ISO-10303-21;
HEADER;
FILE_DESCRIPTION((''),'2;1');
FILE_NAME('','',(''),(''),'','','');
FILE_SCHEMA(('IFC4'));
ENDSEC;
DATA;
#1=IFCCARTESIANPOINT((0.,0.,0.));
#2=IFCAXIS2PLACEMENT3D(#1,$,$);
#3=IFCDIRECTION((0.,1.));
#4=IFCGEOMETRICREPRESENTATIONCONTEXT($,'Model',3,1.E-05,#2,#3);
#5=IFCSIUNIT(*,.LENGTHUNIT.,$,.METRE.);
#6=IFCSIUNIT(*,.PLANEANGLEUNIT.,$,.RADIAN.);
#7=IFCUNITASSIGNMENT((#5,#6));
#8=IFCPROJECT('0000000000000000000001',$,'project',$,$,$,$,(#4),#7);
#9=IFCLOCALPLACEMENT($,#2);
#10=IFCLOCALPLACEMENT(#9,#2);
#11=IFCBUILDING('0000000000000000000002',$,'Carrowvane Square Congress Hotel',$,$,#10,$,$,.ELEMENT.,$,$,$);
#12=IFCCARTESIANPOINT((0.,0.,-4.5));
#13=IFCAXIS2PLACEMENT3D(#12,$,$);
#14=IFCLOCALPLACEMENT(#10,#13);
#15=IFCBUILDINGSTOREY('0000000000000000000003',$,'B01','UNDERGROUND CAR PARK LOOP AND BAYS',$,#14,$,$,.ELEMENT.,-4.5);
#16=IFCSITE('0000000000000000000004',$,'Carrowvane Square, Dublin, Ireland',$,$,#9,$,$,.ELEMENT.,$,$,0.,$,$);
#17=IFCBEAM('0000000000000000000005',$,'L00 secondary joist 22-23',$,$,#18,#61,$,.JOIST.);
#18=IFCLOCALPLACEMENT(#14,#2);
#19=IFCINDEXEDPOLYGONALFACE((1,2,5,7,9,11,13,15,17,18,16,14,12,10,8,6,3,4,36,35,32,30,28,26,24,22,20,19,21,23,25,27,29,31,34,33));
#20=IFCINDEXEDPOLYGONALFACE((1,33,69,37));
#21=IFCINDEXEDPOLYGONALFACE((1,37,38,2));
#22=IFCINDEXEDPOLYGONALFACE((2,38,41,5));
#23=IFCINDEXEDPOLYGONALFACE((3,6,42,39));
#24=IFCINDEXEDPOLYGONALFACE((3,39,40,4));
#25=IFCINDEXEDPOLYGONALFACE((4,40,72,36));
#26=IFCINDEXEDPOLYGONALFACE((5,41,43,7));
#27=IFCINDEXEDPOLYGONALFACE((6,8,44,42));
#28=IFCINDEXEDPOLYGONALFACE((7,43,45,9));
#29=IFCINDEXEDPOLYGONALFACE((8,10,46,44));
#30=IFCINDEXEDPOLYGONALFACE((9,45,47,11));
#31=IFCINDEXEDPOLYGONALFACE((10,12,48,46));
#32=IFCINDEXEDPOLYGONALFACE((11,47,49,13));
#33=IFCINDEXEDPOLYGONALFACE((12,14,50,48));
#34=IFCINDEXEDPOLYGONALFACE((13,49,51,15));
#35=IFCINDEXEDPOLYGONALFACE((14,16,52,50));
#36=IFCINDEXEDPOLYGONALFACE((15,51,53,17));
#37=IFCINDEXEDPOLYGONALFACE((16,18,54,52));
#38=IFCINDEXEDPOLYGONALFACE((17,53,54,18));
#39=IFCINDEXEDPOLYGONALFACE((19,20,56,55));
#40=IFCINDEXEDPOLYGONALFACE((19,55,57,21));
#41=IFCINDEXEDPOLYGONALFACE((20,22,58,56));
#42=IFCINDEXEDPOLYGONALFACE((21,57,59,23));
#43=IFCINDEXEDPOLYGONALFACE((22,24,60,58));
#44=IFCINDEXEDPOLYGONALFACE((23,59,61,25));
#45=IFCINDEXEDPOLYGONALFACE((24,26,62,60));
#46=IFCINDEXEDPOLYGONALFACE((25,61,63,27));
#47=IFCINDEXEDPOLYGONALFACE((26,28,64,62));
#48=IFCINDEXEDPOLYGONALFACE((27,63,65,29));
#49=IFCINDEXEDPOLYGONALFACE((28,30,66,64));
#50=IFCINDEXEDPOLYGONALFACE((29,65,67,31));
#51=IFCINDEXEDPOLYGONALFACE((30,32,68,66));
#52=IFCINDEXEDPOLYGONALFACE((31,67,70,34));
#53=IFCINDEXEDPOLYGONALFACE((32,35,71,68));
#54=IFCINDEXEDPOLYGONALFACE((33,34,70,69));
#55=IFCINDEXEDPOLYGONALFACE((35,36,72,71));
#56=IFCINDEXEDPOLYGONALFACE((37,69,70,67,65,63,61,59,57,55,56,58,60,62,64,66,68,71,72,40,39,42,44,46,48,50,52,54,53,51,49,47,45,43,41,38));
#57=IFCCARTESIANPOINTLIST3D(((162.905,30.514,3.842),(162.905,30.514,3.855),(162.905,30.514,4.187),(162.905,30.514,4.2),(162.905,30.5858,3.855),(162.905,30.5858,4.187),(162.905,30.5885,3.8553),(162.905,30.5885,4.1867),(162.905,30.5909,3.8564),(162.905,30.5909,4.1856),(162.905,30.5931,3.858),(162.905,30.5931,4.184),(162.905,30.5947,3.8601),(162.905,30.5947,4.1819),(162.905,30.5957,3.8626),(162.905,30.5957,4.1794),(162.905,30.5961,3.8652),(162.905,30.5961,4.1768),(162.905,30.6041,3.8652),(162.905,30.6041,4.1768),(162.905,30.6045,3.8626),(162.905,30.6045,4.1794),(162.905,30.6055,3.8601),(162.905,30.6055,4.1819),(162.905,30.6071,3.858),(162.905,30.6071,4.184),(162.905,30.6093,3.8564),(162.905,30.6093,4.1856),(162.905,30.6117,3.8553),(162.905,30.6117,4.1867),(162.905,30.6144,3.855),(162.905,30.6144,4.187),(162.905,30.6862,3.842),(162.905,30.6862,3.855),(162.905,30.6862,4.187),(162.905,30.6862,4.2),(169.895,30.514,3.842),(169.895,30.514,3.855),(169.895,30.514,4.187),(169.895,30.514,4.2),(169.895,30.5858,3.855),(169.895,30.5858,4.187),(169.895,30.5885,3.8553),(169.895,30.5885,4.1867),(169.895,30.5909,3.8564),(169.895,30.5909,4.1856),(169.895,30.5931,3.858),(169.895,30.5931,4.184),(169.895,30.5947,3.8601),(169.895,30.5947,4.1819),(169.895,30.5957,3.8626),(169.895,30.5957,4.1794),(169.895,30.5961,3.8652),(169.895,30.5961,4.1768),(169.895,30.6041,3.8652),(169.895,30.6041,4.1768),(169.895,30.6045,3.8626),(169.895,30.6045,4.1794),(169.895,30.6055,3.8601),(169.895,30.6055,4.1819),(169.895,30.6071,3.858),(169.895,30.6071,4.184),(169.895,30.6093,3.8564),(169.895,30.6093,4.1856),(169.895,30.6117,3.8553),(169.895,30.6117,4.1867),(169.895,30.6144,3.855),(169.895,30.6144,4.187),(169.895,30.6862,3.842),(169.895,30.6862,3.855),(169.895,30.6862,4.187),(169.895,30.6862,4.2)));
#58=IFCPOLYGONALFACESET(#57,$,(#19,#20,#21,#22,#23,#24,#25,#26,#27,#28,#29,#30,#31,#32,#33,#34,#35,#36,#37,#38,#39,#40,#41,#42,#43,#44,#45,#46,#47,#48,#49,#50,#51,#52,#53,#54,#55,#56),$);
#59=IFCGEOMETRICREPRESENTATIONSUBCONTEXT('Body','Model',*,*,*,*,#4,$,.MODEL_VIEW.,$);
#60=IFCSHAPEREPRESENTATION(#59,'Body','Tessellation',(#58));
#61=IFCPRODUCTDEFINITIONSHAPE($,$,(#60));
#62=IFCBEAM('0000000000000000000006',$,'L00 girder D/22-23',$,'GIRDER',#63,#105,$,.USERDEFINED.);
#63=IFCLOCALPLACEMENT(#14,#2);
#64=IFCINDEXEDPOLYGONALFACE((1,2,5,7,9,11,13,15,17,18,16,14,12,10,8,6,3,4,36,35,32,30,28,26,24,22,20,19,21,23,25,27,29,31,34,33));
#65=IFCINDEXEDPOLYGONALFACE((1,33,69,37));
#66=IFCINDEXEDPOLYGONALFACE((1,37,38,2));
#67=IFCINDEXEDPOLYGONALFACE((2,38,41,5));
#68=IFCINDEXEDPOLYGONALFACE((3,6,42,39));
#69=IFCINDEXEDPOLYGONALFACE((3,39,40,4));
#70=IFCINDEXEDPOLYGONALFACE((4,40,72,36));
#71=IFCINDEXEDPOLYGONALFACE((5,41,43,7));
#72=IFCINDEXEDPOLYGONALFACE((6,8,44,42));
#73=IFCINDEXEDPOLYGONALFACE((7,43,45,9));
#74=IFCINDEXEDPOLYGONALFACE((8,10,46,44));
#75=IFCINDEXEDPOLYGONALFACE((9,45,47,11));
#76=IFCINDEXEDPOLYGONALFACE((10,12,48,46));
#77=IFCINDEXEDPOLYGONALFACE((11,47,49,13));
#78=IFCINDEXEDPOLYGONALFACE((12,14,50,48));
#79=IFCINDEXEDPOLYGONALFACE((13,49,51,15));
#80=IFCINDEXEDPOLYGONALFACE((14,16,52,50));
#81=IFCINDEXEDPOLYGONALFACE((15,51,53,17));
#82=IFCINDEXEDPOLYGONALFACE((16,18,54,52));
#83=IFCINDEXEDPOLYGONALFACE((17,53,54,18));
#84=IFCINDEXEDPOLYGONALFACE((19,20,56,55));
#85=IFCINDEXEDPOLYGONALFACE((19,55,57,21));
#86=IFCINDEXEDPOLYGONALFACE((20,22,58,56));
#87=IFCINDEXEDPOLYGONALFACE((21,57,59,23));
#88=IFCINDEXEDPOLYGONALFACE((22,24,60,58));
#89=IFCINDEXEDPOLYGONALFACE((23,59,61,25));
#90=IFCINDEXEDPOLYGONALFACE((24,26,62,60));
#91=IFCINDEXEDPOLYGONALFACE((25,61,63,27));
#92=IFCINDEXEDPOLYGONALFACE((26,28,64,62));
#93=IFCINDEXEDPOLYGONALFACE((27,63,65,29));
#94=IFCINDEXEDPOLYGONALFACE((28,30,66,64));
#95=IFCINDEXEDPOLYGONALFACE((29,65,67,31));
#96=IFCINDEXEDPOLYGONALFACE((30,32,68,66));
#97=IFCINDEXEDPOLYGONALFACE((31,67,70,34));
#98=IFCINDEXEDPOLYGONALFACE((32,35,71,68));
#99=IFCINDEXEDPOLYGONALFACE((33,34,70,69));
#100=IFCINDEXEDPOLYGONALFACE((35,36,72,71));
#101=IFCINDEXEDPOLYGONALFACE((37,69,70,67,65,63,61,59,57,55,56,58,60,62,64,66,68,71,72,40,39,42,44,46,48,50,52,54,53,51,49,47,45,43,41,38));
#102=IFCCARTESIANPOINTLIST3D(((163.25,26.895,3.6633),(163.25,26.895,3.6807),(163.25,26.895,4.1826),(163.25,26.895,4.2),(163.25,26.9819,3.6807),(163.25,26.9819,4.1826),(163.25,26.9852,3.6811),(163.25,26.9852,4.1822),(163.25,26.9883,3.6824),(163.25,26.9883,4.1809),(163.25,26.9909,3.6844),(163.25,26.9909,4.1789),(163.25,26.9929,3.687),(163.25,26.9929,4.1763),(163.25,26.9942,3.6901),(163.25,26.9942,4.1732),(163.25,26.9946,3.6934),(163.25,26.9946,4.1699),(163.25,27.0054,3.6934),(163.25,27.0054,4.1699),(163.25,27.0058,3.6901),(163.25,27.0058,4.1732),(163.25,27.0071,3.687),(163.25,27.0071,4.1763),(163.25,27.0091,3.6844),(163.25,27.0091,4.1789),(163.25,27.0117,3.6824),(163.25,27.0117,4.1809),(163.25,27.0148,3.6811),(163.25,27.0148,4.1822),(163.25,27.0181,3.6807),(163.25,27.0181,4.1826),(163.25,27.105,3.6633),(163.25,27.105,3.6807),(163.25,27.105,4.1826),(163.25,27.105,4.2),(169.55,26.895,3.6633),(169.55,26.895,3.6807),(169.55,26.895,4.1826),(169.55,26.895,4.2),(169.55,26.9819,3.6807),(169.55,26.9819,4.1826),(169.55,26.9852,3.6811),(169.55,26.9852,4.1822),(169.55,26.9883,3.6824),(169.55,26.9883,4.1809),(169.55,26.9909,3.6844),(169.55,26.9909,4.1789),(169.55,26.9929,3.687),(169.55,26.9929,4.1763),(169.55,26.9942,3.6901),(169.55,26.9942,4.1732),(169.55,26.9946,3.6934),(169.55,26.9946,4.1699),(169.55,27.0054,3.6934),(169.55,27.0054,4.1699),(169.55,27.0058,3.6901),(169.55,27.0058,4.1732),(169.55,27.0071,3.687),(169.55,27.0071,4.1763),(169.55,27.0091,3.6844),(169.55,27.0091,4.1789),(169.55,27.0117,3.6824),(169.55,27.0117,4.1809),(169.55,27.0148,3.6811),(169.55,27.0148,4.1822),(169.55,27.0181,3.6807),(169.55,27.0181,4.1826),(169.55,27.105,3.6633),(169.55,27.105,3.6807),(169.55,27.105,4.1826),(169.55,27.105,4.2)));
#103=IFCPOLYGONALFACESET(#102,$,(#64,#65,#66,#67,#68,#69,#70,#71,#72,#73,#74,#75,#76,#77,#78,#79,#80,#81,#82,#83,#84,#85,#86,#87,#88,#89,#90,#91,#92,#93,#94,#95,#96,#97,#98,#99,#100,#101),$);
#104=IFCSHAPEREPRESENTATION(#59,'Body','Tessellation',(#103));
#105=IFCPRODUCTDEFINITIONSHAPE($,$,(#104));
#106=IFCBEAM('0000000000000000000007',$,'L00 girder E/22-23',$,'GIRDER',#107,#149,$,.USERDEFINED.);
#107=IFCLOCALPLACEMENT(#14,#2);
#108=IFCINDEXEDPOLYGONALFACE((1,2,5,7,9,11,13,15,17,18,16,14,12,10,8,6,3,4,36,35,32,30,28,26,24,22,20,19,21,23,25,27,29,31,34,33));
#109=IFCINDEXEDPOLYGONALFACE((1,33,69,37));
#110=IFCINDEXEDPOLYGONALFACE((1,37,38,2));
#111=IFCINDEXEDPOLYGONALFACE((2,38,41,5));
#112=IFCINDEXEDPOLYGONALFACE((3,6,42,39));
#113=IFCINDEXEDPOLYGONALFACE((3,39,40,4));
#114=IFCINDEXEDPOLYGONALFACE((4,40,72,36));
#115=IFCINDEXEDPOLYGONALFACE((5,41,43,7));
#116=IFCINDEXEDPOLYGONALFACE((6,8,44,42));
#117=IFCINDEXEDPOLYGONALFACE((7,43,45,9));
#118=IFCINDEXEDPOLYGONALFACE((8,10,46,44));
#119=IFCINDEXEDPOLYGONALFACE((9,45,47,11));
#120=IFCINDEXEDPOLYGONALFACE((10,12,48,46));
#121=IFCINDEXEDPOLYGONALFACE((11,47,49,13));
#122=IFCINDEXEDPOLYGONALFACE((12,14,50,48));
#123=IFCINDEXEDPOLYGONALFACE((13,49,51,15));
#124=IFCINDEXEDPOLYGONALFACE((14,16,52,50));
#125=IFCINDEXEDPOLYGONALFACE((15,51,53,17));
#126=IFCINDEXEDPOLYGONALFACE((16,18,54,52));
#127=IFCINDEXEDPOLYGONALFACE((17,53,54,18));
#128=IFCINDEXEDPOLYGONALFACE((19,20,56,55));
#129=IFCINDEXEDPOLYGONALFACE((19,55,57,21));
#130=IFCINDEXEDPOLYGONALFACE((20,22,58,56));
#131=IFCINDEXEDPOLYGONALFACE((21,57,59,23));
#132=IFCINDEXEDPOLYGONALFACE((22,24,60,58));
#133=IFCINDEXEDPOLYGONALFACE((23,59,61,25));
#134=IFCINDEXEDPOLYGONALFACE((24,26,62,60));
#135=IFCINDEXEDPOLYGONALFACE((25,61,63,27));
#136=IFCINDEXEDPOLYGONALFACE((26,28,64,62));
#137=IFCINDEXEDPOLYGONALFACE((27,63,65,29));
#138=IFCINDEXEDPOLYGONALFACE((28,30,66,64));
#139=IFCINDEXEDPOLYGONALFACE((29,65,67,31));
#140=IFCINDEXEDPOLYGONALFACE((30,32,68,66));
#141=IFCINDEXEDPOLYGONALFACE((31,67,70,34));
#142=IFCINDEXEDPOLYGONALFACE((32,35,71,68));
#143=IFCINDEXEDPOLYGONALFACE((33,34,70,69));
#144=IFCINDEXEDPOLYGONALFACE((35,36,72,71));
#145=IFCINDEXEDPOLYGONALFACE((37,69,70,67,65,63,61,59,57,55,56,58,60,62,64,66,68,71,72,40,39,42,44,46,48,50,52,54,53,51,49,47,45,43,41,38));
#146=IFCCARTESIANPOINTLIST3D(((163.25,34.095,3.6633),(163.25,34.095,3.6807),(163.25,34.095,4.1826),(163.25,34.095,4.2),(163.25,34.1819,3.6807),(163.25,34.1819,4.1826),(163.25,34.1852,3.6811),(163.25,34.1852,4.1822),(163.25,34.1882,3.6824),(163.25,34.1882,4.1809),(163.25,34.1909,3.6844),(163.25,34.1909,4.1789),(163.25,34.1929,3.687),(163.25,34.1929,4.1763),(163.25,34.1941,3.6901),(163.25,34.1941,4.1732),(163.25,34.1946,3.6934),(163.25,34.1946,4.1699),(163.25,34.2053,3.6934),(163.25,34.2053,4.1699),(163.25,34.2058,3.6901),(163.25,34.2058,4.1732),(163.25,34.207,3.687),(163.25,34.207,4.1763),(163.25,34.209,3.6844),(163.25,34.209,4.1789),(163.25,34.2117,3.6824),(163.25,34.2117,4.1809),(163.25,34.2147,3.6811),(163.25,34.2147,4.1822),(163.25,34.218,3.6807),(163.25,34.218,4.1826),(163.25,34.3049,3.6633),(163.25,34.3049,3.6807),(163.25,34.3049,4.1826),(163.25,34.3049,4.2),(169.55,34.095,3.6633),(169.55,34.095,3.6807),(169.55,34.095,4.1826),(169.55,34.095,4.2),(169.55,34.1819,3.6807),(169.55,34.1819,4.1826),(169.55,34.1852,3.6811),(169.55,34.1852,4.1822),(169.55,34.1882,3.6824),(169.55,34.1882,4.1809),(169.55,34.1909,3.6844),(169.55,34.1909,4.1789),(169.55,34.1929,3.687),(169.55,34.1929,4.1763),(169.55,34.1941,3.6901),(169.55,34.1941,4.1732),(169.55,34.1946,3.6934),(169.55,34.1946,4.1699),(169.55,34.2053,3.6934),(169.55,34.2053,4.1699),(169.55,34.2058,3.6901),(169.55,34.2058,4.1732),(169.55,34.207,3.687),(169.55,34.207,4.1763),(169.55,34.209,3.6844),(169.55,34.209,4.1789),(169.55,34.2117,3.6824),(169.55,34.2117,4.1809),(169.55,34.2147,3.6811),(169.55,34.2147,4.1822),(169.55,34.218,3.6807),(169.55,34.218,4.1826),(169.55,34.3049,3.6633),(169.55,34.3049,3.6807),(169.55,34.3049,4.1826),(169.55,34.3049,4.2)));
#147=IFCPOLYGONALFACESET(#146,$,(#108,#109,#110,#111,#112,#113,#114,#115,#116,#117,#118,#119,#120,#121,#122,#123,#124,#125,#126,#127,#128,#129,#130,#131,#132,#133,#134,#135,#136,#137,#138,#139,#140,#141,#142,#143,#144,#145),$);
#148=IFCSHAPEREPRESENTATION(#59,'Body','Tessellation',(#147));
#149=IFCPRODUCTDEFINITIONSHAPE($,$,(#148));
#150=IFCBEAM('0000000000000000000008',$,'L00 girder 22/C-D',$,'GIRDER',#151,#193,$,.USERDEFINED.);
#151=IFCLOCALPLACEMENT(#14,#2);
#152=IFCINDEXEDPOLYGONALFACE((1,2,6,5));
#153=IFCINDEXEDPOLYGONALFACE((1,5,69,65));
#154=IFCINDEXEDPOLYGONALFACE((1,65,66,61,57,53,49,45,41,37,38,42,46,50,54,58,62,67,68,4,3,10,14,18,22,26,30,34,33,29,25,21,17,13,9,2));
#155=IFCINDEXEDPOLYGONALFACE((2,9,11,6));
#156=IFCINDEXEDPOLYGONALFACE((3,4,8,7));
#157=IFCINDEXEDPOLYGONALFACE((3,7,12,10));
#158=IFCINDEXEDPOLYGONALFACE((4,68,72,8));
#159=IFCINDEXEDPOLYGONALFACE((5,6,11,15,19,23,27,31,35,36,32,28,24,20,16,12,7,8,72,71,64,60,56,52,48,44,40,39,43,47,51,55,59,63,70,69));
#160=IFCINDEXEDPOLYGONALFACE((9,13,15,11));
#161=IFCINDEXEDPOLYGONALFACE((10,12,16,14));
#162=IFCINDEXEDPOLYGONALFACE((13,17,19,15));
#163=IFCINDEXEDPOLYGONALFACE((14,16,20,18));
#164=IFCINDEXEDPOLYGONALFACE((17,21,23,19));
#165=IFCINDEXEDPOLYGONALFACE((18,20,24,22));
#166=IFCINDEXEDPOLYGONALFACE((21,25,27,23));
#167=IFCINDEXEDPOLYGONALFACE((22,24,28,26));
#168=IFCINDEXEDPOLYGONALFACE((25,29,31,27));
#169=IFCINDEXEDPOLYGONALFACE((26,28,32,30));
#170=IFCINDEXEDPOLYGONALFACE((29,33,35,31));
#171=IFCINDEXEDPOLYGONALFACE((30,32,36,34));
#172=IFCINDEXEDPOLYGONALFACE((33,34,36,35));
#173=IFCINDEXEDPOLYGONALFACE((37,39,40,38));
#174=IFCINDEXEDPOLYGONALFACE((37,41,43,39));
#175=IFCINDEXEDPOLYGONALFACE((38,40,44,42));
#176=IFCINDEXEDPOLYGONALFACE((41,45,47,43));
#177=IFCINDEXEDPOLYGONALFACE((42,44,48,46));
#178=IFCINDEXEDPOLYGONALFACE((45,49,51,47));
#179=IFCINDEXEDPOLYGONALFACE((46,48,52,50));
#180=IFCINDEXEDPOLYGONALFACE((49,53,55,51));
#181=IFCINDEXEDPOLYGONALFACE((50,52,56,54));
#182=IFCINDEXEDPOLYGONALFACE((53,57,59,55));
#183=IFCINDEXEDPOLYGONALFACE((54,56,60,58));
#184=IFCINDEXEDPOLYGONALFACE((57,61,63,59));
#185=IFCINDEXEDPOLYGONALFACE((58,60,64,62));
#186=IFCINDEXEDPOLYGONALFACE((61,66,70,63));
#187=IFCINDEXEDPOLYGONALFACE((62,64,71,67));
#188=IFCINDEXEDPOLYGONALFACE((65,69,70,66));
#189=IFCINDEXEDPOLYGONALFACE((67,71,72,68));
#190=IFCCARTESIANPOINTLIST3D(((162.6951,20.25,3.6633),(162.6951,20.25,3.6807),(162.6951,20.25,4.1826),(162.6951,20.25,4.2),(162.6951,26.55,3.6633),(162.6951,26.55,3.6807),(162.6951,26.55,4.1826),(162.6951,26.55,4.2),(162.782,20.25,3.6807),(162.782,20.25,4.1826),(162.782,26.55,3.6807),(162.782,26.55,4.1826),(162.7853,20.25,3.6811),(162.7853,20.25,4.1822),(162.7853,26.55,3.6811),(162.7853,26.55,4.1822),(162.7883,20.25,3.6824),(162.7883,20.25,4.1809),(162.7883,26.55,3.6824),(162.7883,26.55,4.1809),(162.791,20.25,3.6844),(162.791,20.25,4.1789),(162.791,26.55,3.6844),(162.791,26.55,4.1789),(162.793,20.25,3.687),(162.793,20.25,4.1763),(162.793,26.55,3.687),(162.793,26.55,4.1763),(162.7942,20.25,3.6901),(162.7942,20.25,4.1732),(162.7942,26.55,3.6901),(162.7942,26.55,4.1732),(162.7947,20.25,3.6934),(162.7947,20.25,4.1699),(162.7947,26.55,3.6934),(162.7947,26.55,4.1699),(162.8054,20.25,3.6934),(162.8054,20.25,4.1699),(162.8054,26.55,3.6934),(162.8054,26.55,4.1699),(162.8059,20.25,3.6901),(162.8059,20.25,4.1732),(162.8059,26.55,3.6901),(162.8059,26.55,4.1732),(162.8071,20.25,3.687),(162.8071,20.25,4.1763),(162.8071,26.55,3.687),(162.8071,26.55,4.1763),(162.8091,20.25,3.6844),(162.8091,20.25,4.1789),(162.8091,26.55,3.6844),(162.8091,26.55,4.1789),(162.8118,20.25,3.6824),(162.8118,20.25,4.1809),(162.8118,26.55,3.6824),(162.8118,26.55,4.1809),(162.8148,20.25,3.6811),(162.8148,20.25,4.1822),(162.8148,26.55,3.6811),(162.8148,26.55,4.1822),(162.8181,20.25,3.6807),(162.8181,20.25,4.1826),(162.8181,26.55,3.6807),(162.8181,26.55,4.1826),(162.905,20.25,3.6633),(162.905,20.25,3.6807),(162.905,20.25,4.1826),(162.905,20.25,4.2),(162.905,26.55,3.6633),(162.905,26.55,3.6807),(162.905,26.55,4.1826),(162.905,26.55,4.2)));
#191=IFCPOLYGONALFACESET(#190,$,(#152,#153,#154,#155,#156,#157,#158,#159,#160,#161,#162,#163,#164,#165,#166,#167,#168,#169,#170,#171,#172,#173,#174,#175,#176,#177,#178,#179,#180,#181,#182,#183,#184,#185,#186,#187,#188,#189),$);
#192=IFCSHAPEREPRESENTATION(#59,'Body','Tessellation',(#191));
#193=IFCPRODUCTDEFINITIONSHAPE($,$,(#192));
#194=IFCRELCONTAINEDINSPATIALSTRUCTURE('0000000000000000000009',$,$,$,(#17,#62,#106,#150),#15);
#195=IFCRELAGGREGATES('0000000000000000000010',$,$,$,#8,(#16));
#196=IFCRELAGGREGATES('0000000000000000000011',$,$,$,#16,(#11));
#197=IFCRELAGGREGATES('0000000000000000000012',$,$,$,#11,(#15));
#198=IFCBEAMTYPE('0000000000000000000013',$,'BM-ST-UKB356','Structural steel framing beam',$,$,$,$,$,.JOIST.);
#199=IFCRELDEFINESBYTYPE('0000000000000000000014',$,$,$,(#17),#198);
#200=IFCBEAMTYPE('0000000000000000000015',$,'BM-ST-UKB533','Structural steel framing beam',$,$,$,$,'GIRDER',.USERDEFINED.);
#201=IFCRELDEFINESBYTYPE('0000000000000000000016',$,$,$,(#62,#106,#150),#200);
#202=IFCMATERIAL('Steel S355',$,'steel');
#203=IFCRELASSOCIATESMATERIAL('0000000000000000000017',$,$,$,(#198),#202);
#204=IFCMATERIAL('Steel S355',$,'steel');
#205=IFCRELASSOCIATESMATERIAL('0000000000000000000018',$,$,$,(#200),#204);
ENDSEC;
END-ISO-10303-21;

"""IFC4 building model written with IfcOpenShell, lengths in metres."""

from ifc_helpers import new_model, si_unit, direction, frame, origin, origin_2d, place, context, subcontext, project, spatial, i_section, extrude, material, material_profile, profile_set, type_object, element, save


model = new_model("IFC4")

# Units and contexts
model_context = context("Model", 3, precision=1e-05, world=origin(), true_north=direction((0.0, 1.0)))
body_context = subcontext(model_context, "Body", "Model", "MODEL_VIEW")
ifc_project = project(units=[si_unit("LENGTHUNIT", "METRE"), si_unit("PLANEANGLEUNIT", "RADIAN")], contexts=[model_context])

# Site, building, storey
site_placement = place(None, origin())
site = spatial("IfcSite", under=ifc_project, at=site_placement, Name="Carrowvane Square, Dublin, Ireland", CompositionType="ELEMENT", RefElevation=0.0)
building_placement = place(site_placement, origin())
building = spatial("IfcBuilding", under=site, at=building_placement, Name="Carrowvane Square Congress Hotel", CompositionType="ELEMENT")
storey_placement = place(building_placement, frame((0.0, 0.0, -4.5)))
storey = spatial("IfcBuildingStorey", under=building, at=storey_placement, Name="B01", Description="UNDERGROUND CAR PARK LOOP AND BAYS", CompositionType="ELEMENT", Elevation=-4.5)

# Beams
ifc_material_1 = material(Name="Steel S355", Category="steel")
ifc_material_profile_1 = material_profile(ifc_material_1, i_section(OverallWidth=0.1721, OverallDepth=0.3579, WebThickness=0.0081, FlangeThickness=0.0129, FilletRadius=0.0103, at=origin_2d()), Name="UKB 356x171x57")
ifc_profile_set_1 = profile_set([ifc_material_profile_1], Name="Steel S355")
beam_type_1 = type_object("IfcBeamType", Name="BM-ST-UKB356", Description="Structural steel framing beam", PredefinedType="JOIST", material=ifc_profile_set_1)
for number, where, z_axis, x_axis, name in (
    (1, (162.905, 30.6001, 4.021), (1.0, 0.0, 0.0), (0.0, 1.0, 0.0), "L00 secondary joist 22-23"),
):
    element("IfcBeam", number, at=place(storey_placement, frame(where, z_axis=z_axis, x_axis=x_axis)), inside=storey, type_object=beam_type_1, Name=name, PredefinedType="JOIST", context=body_context, shape_type="SweptSolid", body=[
        extrude(i_section(OverallWidth=0.1721, OverallDepth=0.3579, WebThickness=0.0081, FlangeThickness=0.0129, FilletRadius=0.0103, at=origin_2d()), origin(), (0.0, 0.0, 1.0), 6.99),
    ])
ifc_material_2 = material(Name="Steel S355", Category="steel")
ifc_material_profile_2 = material_profile(ifc_material_2, i_section(OverallWidth=0.21, OverallDepth=0.5366, WebThickness=0.0107, FlangeThickness=0.0173, FilletRadius=0.0127, at=origin_2d()), Name="UKB 533x210x101")
ifc_profile_set_2 = profile_set([ifc_material_profile_2], Name="Steel S355")
beam_type_2 = type_object("IfcBeamType", Name="BM-ST-UKB533", Description="Structural steel framing beam", ElementType="GIRDER", PredefinedType="USERDEFINED", material=ifc_profile_set_2)
for number, where, z_axis, x_axis, name in (
    (2, (163.25, 27.0, 3.9316), (1.0, 0.0, 0.0), (0.0, 1.0, 0.0), "L00 girder D/22-23"),
    (3, (163.25, 34.2, 3.9316), (1.0, 0.0, 0.0), (0.0, 1.0, 0.0), "L00 girder E/22-23"),
    (4, (162.8, 20.25, 3.9316), (0.0, 1.0, 0.0), (-1.0, 0.0, 0.0), "L00 girder 22/C-D"),
):
    element("IfcBeam", number, at=place(storey_placement, frame(where, z_axis=z_axis, x_axis=x_axis)), inside=storey, type_object=beam_type_2, Name=name, ObjectType="GIRDER", PredefinedType="USERDEFINED", context=body_context, shape_type="SweptSolid", body=[
        extrude(i_section(OverallWidth=0.21, OverallDepth=0.5366, WebThickness=0.0107, FlangeThickness=0.0173, FilletRadius=0.0127, at=origin_2d()), origin(), (0.0, 0.0, 1.0), 6.3),
    ])

save(model, "model.ifc")
